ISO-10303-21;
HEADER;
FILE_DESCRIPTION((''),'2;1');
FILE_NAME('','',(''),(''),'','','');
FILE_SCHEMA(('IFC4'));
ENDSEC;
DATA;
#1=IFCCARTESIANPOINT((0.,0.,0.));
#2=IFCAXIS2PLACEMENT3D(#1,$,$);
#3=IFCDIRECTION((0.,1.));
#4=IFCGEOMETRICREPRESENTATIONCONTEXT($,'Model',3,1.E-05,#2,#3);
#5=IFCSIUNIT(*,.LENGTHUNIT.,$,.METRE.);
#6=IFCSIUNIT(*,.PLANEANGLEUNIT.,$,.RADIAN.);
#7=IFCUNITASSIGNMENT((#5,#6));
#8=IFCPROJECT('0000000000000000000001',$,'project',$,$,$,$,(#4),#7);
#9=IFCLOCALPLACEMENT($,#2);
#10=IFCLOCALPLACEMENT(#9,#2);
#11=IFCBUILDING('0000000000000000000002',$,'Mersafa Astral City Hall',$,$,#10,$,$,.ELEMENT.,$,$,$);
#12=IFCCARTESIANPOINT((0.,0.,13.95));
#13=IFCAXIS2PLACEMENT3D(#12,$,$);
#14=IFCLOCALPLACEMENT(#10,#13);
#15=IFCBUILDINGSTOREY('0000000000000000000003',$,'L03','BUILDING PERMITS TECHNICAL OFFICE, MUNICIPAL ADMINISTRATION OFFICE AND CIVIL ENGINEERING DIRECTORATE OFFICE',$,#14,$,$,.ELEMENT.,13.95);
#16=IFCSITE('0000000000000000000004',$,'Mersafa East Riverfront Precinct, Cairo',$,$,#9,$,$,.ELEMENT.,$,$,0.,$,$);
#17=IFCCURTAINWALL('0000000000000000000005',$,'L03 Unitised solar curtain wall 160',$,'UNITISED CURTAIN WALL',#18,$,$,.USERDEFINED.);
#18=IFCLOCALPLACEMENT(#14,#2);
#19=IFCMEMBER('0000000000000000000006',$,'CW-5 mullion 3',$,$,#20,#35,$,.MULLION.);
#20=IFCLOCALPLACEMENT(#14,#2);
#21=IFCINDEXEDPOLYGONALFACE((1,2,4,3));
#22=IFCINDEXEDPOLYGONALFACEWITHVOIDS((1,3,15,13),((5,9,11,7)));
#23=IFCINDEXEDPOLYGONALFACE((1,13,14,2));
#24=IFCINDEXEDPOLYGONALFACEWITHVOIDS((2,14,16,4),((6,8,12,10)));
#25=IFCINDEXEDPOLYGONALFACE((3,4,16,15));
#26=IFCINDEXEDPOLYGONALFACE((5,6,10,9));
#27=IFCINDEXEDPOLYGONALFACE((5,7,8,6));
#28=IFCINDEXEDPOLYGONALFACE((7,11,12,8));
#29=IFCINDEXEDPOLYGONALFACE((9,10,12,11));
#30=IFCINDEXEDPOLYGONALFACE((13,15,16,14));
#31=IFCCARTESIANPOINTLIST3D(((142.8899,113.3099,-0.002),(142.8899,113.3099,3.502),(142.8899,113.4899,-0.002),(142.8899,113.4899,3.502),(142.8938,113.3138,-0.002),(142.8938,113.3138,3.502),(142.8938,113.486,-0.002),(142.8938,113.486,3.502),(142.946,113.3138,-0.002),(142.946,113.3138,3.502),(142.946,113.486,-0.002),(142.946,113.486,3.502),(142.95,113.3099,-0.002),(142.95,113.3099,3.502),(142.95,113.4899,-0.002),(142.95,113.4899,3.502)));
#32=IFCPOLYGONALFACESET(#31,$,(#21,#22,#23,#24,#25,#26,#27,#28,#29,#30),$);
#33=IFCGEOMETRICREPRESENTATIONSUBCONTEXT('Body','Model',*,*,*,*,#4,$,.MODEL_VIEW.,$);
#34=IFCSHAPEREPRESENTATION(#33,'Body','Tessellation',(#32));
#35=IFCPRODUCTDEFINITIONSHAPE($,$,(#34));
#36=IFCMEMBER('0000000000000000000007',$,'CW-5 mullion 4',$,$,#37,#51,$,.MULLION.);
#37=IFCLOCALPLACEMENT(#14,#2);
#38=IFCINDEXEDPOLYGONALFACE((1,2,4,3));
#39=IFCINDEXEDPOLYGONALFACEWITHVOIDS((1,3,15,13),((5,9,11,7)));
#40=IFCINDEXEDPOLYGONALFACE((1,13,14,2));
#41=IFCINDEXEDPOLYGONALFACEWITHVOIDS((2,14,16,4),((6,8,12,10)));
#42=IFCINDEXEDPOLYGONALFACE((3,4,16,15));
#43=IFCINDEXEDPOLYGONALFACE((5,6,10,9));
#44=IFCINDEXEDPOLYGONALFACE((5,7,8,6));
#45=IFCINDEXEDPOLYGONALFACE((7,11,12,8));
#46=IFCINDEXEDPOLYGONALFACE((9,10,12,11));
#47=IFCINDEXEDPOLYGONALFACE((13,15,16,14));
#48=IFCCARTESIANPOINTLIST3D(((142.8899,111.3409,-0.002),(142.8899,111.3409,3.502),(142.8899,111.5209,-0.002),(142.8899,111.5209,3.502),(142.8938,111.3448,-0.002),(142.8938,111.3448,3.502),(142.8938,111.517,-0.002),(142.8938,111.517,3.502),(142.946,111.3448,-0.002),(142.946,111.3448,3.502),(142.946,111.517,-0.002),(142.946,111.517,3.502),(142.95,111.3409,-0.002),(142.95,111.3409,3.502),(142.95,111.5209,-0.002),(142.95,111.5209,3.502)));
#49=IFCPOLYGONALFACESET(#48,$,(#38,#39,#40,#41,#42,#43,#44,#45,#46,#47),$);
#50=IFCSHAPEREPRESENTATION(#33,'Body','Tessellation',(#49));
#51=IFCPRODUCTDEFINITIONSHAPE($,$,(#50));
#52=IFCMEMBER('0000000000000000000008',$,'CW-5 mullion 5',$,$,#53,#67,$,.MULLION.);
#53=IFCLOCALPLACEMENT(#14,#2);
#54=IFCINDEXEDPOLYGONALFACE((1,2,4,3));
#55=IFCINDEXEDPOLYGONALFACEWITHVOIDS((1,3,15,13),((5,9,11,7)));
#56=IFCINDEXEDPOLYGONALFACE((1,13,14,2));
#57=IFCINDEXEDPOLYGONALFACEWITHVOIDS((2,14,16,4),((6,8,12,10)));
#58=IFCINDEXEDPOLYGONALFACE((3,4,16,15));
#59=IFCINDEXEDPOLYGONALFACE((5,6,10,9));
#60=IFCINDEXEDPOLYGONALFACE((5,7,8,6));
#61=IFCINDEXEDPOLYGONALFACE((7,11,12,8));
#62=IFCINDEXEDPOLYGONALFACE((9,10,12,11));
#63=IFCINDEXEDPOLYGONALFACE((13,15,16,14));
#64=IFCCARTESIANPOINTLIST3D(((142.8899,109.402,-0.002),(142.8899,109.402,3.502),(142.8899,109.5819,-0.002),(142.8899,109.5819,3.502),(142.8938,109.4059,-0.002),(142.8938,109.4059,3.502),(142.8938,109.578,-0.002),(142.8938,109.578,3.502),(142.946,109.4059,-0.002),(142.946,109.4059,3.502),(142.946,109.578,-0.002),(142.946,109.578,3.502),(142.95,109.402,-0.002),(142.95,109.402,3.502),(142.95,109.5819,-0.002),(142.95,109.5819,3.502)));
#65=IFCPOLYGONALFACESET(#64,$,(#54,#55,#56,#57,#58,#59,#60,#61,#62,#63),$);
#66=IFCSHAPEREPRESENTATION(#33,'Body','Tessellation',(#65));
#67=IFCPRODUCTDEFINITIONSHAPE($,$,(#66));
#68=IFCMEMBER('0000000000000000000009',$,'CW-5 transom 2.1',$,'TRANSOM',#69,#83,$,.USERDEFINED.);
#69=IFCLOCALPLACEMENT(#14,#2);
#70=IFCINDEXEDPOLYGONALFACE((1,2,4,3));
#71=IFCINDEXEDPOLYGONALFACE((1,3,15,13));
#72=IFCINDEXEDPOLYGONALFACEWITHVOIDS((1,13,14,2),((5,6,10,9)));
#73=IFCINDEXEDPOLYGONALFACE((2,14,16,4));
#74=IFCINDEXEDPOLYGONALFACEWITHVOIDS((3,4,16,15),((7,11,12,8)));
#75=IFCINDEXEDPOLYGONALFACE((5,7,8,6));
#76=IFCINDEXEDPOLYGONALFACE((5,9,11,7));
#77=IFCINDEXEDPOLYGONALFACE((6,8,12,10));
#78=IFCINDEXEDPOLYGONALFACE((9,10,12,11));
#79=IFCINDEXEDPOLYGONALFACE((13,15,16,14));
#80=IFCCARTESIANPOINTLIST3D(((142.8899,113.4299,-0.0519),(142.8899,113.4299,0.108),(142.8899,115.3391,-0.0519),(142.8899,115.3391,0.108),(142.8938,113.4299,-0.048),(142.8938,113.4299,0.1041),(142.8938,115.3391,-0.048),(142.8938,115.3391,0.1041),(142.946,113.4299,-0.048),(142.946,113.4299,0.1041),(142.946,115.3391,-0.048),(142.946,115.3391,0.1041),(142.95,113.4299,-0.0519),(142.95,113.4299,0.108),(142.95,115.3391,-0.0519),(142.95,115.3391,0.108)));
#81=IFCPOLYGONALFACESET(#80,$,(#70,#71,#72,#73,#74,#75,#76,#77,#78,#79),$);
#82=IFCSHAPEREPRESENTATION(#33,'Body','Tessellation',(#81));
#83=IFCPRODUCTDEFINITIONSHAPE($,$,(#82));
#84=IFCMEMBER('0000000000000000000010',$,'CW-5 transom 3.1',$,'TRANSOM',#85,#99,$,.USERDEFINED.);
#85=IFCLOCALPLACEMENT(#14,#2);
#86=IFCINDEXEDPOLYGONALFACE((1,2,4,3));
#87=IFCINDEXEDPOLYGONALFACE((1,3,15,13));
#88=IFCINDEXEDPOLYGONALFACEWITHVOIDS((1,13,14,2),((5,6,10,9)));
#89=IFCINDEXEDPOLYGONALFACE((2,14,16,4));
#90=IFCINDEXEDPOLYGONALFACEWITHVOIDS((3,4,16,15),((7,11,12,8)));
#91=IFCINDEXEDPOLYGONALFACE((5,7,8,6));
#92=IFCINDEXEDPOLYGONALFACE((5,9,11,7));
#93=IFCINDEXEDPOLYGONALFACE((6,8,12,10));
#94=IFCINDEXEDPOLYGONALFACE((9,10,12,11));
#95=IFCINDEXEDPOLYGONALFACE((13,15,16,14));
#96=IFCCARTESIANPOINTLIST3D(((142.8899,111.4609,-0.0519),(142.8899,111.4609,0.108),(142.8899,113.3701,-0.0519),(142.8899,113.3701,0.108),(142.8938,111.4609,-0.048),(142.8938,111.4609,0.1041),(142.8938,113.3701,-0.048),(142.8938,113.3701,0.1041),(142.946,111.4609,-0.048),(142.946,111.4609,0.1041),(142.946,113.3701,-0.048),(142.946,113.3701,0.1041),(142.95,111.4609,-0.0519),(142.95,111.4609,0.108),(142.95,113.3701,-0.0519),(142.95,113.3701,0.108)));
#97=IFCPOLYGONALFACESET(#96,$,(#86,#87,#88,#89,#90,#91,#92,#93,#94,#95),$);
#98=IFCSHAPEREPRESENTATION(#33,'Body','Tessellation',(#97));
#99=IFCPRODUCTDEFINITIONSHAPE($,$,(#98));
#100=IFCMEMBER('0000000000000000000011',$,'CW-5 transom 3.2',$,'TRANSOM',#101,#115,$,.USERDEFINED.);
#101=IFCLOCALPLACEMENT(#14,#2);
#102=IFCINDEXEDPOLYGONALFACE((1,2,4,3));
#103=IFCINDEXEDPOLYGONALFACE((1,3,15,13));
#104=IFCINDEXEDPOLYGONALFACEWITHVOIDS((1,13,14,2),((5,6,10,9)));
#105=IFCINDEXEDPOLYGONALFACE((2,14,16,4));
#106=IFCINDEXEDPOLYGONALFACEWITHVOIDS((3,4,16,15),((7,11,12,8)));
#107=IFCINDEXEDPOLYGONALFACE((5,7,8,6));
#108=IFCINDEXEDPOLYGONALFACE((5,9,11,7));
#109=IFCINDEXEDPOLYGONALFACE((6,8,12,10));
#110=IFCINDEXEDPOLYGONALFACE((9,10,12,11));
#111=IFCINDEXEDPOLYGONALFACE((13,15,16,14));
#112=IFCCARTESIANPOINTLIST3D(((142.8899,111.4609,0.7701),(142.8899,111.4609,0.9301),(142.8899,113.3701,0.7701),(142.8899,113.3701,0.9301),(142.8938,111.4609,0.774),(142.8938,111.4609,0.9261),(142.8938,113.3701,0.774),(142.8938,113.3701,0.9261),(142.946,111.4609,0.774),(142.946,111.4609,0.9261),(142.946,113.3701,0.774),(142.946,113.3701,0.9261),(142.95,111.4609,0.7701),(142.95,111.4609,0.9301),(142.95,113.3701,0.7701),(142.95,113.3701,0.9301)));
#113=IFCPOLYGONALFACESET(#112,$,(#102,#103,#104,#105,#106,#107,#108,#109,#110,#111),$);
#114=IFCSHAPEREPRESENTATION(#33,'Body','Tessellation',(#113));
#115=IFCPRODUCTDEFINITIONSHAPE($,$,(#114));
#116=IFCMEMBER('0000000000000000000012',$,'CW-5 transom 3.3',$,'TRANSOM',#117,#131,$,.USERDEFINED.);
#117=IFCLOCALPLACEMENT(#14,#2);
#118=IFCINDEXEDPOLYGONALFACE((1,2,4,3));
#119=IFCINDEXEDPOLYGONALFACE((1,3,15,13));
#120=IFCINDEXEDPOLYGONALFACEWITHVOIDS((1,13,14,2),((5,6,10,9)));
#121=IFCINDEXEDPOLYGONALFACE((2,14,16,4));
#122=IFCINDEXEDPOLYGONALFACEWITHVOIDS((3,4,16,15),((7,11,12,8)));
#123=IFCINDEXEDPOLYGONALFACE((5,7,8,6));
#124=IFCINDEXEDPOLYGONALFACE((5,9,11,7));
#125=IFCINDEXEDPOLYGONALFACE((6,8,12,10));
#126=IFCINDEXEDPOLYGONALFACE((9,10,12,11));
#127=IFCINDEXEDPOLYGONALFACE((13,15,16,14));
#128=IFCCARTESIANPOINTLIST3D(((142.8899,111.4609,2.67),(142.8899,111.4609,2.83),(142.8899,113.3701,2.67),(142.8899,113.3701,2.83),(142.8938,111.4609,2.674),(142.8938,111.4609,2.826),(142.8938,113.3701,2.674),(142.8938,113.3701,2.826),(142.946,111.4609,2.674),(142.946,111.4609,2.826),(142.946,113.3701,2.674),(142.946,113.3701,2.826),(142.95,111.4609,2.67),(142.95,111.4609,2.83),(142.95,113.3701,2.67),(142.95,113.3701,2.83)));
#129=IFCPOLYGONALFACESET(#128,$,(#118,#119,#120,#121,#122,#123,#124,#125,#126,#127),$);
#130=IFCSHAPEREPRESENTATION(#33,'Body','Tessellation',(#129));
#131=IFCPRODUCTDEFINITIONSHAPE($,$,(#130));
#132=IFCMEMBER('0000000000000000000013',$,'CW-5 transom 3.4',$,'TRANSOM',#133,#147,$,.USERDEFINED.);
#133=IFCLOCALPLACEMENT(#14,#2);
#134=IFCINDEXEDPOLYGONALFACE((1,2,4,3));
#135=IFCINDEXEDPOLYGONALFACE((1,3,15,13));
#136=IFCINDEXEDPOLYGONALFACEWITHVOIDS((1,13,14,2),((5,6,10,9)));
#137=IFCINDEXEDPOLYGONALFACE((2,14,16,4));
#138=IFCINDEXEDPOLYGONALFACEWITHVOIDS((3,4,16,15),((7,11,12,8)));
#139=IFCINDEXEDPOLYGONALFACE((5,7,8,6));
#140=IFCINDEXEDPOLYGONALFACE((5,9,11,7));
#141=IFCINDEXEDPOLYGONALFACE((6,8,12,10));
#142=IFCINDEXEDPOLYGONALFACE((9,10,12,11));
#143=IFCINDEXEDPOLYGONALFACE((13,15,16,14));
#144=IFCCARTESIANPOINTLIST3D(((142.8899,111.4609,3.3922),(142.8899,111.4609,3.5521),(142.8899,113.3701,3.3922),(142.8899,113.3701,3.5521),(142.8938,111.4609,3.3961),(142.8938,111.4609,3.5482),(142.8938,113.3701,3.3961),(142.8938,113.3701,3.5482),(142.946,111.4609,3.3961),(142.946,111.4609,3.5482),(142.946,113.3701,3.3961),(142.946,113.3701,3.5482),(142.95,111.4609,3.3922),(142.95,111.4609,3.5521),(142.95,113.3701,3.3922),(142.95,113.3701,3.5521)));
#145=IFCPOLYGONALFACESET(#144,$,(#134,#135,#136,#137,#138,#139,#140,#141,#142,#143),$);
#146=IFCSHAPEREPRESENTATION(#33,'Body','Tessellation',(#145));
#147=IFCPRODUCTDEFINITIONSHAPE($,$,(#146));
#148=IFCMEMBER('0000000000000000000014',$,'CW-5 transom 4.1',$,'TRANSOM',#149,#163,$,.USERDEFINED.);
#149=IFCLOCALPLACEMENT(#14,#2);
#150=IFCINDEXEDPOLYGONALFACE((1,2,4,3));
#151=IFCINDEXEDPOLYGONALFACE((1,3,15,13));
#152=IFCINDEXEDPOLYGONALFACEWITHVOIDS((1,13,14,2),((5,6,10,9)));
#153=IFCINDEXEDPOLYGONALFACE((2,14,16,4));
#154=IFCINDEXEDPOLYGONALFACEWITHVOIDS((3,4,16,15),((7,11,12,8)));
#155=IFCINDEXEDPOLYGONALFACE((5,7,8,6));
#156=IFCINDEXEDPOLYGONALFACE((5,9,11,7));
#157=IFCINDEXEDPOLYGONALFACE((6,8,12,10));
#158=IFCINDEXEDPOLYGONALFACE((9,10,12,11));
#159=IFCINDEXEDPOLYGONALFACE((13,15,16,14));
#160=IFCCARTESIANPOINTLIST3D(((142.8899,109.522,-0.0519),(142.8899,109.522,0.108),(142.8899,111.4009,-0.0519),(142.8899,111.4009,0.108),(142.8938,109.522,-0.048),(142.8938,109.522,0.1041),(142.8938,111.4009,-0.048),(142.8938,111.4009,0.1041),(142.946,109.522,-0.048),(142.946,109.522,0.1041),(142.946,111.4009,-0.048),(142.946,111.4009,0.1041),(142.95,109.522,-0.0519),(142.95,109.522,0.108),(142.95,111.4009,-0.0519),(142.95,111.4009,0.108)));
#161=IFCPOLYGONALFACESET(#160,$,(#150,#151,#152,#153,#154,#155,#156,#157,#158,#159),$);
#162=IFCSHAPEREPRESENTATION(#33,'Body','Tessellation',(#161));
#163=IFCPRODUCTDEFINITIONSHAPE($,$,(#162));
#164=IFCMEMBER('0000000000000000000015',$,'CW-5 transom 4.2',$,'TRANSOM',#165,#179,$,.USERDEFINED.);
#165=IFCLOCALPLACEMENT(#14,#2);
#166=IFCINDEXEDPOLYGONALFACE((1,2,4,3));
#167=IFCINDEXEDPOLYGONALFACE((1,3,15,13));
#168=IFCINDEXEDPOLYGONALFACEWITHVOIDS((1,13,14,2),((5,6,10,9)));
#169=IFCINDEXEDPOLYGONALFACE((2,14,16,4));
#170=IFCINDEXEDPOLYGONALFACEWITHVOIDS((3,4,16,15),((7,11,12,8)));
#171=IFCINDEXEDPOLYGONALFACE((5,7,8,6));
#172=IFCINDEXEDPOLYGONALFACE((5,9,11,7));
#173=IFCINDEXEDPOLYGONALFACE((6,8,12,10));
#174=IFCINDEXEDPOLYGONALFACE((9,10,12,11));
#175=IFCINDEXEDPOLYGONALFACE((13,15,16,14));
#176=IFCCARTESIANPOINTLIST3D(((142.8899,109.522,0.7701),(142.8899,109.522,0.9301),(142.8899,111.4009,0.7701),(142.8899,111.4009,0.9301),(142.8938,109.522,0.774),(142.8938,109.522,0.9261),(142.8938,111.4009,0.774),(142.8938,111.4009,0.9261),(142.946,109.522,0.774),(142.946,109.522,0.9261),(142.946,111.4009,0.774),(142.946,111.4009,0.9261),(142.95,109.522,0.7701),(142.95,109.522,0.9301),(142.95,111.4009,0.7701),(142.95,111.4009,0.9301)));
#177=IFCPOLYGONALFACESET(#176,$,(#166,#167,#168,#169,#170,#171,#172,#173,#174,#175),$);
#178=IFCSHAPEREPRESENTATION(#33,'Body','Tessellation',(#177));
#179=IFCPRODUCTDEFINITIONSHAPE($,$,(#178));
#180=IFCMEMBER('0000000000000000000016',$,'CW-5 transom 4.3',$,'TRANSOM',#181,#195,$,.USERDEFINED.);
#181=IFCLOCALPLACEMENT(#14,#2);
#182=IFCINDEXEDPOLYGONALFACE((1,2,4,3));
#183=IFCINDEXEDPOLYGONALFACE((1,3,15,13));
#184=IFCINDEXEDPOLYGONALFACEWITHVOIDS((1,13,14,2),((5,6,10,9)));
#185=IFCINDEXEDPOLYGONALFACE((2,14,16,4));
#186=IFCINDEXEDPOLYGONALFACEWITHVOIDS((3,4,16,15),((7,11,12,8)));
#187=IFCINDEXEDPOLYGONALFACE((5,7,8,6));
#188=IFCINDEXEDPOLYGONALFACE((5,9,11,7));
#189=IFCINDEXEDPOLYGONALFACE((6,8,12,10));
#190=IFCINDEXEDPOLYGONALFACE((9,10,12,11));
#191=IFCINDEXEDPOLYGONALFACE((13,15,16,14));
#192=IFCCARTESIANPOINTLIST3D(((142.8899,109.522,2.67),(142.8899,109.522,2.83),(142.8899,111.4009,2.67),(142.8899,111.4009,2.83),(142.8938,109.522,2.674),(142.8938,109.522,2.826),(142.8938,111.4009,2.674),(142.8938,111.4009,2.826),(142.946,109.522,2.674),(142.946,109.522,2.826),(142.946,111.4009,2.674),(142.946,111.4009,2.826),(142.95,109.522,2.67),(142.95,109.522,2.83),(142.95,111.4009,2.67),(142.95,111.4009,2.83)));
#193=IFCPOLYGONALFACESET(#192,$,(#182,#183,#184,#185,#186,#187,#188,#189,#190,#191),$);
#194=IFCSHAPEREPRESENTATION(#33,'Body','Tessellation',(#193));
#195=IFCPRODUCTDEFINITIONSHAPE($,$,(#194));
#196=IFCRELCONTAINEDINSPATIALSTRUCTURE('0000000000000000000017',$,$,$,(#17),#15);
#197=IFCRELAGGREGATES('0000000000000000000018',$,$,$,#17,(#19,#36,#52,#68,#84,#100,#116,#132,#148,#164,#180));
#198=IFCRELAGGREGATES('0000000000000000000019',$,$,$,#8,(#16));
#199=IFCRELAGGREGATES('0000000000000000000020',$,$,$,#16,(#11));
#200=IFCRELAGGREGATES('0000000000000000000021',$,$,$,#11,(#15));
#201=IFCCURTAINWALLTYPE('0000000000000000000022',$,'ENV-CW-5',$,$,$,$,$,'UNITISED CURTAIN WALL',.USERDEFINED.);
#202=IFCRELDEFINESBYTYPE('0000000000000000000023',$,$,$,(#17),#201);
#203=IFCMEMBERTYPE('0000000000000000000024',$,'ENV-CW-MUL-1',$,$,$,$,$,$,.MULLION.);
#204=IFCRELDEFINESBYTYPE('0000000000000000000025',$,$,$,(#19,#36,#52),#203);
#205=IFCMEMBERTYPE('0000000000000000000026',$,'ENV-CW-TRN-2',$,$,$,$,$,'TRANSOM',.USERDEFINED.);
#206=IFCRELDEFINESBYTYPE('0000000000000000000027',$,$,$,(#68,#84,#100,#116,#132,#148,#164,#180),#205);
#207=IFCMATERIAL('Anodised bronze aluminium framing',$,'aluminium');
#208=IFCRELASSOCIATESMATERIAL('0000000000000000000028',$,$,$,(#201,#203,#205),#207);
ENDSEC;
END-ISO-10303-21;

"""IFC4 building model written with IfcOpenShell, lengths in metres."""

from ifc_helpers import new_model, si_unit, direction, frame, origin, origin_2d, place, context, subcontext, project, spatial, hollow_rectangle, extrude, material, material_profile, profile_set, type_object, element, aggregate, save


model = new_model("IFC4")

# Units and contexts
model_context = context("Model", 3, precision=1e-05, world=origin(), true_north=direction((0.0, 1.0)))
body_context = subcontext(model_context, "Body", "Model", "MODEL_VIEW")
ifc_project = project(units=[si_unit("LENGTHUNIT", "METRE"), si_unit("PLANEANGLEUNIT", "RADIAN")], contexts=[model_context])

# Site, building, storey
site_placement = place(None, origin())
site = spatial("IfcSite", under=ifc_project, at=site_placement, Name="Mersafa East Riverfront Precinct, Cairo", CompositionType="ELEMENT", RefElevation=0.0)
building_placement = place(site_placement, origin())
building = spatial("IfcBuilding", under=site, at=building_placement, Name="Mersafa Astral City Hall", CompositionType="ELEMENT")
storey_placement = place(building_placement, frame((0.0, 0.0, 13.95)))
storey = spatial("IfcBuildingStorey", under=building, at=storey_placement, Name="L03", Description="BUILDING PERMITS TECHNICAL OFFICE, MUNICIPAL ADMINISTRATION OFFICE AND CIVIL ENGINEERING DIRECTORATE OFFICE", CompositionType="ELEMENT", Elevation=13.95)

# Curtain wall, members
ifc_material_1 = material(Name="Anodised bronze aluminium framing", Category="aluminium")
curtain_wall_type = type_object("IfcCurtainWallType", Name="ENV-CW-5", ElementType="UNITISED CURTAIN WALL", PredefinedType="USERDEFINED", material=ifc_material_1)
curtain_wall_placement = place(storey_placement, origin())
curtain_wall = element("IfcCurtainWall", 1, at=curtain_wall_placement, inside=storey, type_object=curtain_wall_type, Name="L03 Unitised solar curtain wall 160", ObjectType="UNITISED CURTAIN WALL", PredefinedType="USERDEFINED")
ifc_material_profile_1 = material_profile(ifc_material_1, hollow_rectangle(XDim=0.0601, YDim=0.1799, WallThickness=0.0039, at=origin_2d()), Name="RHS 60x180x4")
ifc_profile_set_1 = profile_set([ifc_material_profile_1], Name="Anodised bronze aluminium framing")
member_type_1 = type_object("IfcMemberType", Name="ENV-CW-MUL-1", PredefinedType="MULLION", material=ifc_profile_set_1)
member_1_placement = place(storey_placement, frame((142.9199, 113.3999, -0.002), z_axis=(0.0, 0.0, 1.0), x_axis=(1.0, 0.0, 0.0)))
member_1 = element("IfcMember", 2, at=member_1_placement, type_object=member_type_1, Name="CW-5 mullion 3", PredefinedType="MULLION", context=body_context, shape_type="SweptSolid", body=[
    extrude(hollow_rectangle(XDim=0.0601, YDim=0.1799, WallThickness=0.0039, at=origin_2d()), origin(), (0.0, 0.0, 1.0), 3.5039),
])
member_2_placement = place(storey_placement, frame((142.9199, 111.4309, -0.002), z_axis=(0.0, 0.0, 1.0), x_axis=(1.0, 0.0, 0.0)))
member_2 = element("IfcMember", 3, at=member_2_placement, type_object=member_type_1, Name="CW-5 mullion 4", PredefinedType="MULLION", context=body_context, shape_type="SweptSolid", body=[
    extrude(hollow_rectangle(XDim=0.0601, YDim=0.1799, WallThickness=0.0039, at=origin_2d()), origin(), (0.0, 0.0, 1.0), 3.5039),
])
member_3_placement = place(storey_placement, frame((142.9199, 109.4919, -0.002), z_axis=(0.0, 0.0, 1.0), x_axis=(1.0, 0.0, 0.0)))
member_3 = element("IfcMember", 4, at=member_3_placement, type_object=member_type_1, Name="CW-5 mullion 5", PredefinedType="MULLION", context=body_context, shape_type="SweptSolid", body=[
    extrude(hollow_rectangle(XDim=0.0601, YDim=0.1799, WallThickness=0.0039, at=origin_2d()), origin(), (0.0, 0.0, 1.0), 3.5039),
])
ifc_material_profile_2 = material_profile(ifc_material_1, hollow_rectangle(XDim=0.0601, YDim=0.1599, WallThickness=0.0039, at=origin_2d()), Name="RHS 60x160x4")
ifc_profile_set_2 = profile_set([ifc_material_profile_2], Name="Anodised bronze aluminium framing")
member_type_2 = type_object("IfcMemberType", Name="ENV-CW-TRN-2", ElementType="TRANSOM", PredefinedType="USERDEFINED", material=ifc_profile_set_2)
member_4_placement = place(storey_placement, frame((142.9199, 115.3391, 0.0281), z_axis=(0.0, -1.0, 0.0), x_axis=(1.0, 0.0, 0.0)))
member_4 = element("IfcMember", 5, at=member_4_placement, type_object=member_type_2, Name="CW-5 transom 2.1", ObjectType="TRANSOM", PredefinedType="USERDEFINED", context=body_context, shape_type="SweptSolid", body=[
    extrude(hollow_rectangle(XDim=0.0601, YDim=0.1599, WallThickness=0.0039, at=origin_2d()), origin(), (0.0, 0.0, 1.0), 1.9092),
])
member_5_placement = place(storey_placement, frame((142.9199, 113.3701, 0.0281), z_axis=(0.0, -1.0, 0.0), x_axis=(1.0, 0.0, 0.0)))
member_5 = element("IfcMember", 6, at=member_5_placement, type_object=member_type_2, Name="CW-5 transom 3.1", ObjectType="TRANSOM", PredefinedType="USERDEFINED", context=body_context, shape_type="SweptSolid", body=[
    extrude(hollow_rectangle(XDim=0.0601, YDim=0.1599, WallThickness=0.0039, at=origin_2d()), origin(), (0.0, 0.0, 1.0), 1.9092),
])
member_6_placement = place(storey_placement, frame((142.9199, 113.3701, 0.8501), z_axis=(0.0, -1.0, 0.0), x_axis=(1.0, 0.0, 0.0)))
member_6 = element("IfcMember", 7, at=member_6_placement, type_object=member_type_2, Name="CW-5 transom 3.2", ObjectType="TRANSOM", PredefinedType="USERDEFINED", context=body_context, shape_type="SweptSolid", body=[
    extrude(hollow_rectangle(XDim=0.0601, YDim=0.1599, WallThickness=0.0039, at=origin_2d()), origin(), (0.0, 0.0, 1.0), 1.9092),
])
member_7_placement = place(storey_placement, frame((142.9199, 113.3701, 2.75), z_axis=(0.0, -1.0, 0.0), x_axis=(1.0, 0.0, 0.0)))
member_7 = element("IfcMember", 8, at=member_7_placement, type_object=member_type_2, Name="CW-5 transom 3.3", ObjectType="TRANSOM", PredefinedType="USERDEFINED", context=body_context, shape_type="SweptSolid", body=[
    extrude(hollow_rectangle(XDim=0.0601, YDim=0.1599, WallThickness=0.0039, at=origin_2d()), origin(), (0.0, 0.0, 1.0), 1.9092),
])
member_8_placement = place(storey_placement, frame((142.9199, 113.3701, 3.4722), z_axis=(0.0, -1.0, 0.0), x_axis=(1.0, 0.0, 0.0)))
member_8 = element("IfcMember", 9, at=member_8_placement, type_object=member_type_2, Name="CW-5 transom 3.4", ObjectType="TRANSOM", PredefinedType="USERDEFINED", context=body_context, shape_type="SweptSolid", body=[
    extrude(hollow_rectangle(XDim=0.0601, YDim=0.1599, WallThickness=0.0039, at=origin_2d()), origin(), (0.0, 0.0, 1.0), 1.9092),
])
member_9_placement = place(storey_placement, frame((142.9199, 111.4009, 0.0281), z_axis=(0.0, -1.0, 0.0), x_axis=(1.0, 0.0, 0.0)))
member_9 = element("IfcMember", 10, at=member_9_placement, type_object=member_type_2, Name="CW-5 transom 4.1", ObjectType="TRANSOM", PredefinedType="USERDEFINED", context=body_context, shape_type="SweptSolid", body=[
    extrude(hollow_rectangle(XDim=0.0601, YDim=0.1599, WallThickness=0.0039, at=origin_2d()), origin(), (0.0, 0.0, 1.0), 1.8789),
])
member_10_placement = place(storey_placement, frame((142.9199, 111.4009, 0.8501), z_axis=(0.0, -1.0, 0.0), x_axis=(1.0, 0.0, 0.0)))
member_10 = element("IfcMember", 11, at=member_10_placement, type_object=member_type_2, Name="CW-5 transom 4.2", ObjectType="TRANSOM", PredefinedType="USERDEFINED", context=body_context, shape_type="SweptSolid", body=[
    extrude(hollow_rectangle(XDim=0.0601, YDim=0.1599, WallThickness=0.0039, at=origin_2d()), origin(), (0.0, 0.0, 1.0), 1.8789),
])
member_11_placement = place(storey_placement, frame((142.9199, 111.4009, 2.75), z_axis=(0.0, -1.0, 0.0), x_axis=(1.0, 0.0, 0.0)))
member_11 = element("IfcMember", 12, at=member_11_placement, type_object=member_type_2, Name="CW-5 transom 4.3", ObjectType="TRANSOM", PredefinedType="USERDEFINED", context=body_context, shape_type="SweptSolid", body=[
    extrude(hollow_rectangle(XDim=0.0601, YDim=0.1599, WallThickness=0.0039, at=origin_2d()), origin(), (0.0, 0.0, 1.0), 1.8789),
])
aggregate(curtain_wall, [member_1, member_2, member_3, member_4, member_5, member_6, member_7, member_8, member_9, member_10, member_11])

save(model, "model.ifc")
